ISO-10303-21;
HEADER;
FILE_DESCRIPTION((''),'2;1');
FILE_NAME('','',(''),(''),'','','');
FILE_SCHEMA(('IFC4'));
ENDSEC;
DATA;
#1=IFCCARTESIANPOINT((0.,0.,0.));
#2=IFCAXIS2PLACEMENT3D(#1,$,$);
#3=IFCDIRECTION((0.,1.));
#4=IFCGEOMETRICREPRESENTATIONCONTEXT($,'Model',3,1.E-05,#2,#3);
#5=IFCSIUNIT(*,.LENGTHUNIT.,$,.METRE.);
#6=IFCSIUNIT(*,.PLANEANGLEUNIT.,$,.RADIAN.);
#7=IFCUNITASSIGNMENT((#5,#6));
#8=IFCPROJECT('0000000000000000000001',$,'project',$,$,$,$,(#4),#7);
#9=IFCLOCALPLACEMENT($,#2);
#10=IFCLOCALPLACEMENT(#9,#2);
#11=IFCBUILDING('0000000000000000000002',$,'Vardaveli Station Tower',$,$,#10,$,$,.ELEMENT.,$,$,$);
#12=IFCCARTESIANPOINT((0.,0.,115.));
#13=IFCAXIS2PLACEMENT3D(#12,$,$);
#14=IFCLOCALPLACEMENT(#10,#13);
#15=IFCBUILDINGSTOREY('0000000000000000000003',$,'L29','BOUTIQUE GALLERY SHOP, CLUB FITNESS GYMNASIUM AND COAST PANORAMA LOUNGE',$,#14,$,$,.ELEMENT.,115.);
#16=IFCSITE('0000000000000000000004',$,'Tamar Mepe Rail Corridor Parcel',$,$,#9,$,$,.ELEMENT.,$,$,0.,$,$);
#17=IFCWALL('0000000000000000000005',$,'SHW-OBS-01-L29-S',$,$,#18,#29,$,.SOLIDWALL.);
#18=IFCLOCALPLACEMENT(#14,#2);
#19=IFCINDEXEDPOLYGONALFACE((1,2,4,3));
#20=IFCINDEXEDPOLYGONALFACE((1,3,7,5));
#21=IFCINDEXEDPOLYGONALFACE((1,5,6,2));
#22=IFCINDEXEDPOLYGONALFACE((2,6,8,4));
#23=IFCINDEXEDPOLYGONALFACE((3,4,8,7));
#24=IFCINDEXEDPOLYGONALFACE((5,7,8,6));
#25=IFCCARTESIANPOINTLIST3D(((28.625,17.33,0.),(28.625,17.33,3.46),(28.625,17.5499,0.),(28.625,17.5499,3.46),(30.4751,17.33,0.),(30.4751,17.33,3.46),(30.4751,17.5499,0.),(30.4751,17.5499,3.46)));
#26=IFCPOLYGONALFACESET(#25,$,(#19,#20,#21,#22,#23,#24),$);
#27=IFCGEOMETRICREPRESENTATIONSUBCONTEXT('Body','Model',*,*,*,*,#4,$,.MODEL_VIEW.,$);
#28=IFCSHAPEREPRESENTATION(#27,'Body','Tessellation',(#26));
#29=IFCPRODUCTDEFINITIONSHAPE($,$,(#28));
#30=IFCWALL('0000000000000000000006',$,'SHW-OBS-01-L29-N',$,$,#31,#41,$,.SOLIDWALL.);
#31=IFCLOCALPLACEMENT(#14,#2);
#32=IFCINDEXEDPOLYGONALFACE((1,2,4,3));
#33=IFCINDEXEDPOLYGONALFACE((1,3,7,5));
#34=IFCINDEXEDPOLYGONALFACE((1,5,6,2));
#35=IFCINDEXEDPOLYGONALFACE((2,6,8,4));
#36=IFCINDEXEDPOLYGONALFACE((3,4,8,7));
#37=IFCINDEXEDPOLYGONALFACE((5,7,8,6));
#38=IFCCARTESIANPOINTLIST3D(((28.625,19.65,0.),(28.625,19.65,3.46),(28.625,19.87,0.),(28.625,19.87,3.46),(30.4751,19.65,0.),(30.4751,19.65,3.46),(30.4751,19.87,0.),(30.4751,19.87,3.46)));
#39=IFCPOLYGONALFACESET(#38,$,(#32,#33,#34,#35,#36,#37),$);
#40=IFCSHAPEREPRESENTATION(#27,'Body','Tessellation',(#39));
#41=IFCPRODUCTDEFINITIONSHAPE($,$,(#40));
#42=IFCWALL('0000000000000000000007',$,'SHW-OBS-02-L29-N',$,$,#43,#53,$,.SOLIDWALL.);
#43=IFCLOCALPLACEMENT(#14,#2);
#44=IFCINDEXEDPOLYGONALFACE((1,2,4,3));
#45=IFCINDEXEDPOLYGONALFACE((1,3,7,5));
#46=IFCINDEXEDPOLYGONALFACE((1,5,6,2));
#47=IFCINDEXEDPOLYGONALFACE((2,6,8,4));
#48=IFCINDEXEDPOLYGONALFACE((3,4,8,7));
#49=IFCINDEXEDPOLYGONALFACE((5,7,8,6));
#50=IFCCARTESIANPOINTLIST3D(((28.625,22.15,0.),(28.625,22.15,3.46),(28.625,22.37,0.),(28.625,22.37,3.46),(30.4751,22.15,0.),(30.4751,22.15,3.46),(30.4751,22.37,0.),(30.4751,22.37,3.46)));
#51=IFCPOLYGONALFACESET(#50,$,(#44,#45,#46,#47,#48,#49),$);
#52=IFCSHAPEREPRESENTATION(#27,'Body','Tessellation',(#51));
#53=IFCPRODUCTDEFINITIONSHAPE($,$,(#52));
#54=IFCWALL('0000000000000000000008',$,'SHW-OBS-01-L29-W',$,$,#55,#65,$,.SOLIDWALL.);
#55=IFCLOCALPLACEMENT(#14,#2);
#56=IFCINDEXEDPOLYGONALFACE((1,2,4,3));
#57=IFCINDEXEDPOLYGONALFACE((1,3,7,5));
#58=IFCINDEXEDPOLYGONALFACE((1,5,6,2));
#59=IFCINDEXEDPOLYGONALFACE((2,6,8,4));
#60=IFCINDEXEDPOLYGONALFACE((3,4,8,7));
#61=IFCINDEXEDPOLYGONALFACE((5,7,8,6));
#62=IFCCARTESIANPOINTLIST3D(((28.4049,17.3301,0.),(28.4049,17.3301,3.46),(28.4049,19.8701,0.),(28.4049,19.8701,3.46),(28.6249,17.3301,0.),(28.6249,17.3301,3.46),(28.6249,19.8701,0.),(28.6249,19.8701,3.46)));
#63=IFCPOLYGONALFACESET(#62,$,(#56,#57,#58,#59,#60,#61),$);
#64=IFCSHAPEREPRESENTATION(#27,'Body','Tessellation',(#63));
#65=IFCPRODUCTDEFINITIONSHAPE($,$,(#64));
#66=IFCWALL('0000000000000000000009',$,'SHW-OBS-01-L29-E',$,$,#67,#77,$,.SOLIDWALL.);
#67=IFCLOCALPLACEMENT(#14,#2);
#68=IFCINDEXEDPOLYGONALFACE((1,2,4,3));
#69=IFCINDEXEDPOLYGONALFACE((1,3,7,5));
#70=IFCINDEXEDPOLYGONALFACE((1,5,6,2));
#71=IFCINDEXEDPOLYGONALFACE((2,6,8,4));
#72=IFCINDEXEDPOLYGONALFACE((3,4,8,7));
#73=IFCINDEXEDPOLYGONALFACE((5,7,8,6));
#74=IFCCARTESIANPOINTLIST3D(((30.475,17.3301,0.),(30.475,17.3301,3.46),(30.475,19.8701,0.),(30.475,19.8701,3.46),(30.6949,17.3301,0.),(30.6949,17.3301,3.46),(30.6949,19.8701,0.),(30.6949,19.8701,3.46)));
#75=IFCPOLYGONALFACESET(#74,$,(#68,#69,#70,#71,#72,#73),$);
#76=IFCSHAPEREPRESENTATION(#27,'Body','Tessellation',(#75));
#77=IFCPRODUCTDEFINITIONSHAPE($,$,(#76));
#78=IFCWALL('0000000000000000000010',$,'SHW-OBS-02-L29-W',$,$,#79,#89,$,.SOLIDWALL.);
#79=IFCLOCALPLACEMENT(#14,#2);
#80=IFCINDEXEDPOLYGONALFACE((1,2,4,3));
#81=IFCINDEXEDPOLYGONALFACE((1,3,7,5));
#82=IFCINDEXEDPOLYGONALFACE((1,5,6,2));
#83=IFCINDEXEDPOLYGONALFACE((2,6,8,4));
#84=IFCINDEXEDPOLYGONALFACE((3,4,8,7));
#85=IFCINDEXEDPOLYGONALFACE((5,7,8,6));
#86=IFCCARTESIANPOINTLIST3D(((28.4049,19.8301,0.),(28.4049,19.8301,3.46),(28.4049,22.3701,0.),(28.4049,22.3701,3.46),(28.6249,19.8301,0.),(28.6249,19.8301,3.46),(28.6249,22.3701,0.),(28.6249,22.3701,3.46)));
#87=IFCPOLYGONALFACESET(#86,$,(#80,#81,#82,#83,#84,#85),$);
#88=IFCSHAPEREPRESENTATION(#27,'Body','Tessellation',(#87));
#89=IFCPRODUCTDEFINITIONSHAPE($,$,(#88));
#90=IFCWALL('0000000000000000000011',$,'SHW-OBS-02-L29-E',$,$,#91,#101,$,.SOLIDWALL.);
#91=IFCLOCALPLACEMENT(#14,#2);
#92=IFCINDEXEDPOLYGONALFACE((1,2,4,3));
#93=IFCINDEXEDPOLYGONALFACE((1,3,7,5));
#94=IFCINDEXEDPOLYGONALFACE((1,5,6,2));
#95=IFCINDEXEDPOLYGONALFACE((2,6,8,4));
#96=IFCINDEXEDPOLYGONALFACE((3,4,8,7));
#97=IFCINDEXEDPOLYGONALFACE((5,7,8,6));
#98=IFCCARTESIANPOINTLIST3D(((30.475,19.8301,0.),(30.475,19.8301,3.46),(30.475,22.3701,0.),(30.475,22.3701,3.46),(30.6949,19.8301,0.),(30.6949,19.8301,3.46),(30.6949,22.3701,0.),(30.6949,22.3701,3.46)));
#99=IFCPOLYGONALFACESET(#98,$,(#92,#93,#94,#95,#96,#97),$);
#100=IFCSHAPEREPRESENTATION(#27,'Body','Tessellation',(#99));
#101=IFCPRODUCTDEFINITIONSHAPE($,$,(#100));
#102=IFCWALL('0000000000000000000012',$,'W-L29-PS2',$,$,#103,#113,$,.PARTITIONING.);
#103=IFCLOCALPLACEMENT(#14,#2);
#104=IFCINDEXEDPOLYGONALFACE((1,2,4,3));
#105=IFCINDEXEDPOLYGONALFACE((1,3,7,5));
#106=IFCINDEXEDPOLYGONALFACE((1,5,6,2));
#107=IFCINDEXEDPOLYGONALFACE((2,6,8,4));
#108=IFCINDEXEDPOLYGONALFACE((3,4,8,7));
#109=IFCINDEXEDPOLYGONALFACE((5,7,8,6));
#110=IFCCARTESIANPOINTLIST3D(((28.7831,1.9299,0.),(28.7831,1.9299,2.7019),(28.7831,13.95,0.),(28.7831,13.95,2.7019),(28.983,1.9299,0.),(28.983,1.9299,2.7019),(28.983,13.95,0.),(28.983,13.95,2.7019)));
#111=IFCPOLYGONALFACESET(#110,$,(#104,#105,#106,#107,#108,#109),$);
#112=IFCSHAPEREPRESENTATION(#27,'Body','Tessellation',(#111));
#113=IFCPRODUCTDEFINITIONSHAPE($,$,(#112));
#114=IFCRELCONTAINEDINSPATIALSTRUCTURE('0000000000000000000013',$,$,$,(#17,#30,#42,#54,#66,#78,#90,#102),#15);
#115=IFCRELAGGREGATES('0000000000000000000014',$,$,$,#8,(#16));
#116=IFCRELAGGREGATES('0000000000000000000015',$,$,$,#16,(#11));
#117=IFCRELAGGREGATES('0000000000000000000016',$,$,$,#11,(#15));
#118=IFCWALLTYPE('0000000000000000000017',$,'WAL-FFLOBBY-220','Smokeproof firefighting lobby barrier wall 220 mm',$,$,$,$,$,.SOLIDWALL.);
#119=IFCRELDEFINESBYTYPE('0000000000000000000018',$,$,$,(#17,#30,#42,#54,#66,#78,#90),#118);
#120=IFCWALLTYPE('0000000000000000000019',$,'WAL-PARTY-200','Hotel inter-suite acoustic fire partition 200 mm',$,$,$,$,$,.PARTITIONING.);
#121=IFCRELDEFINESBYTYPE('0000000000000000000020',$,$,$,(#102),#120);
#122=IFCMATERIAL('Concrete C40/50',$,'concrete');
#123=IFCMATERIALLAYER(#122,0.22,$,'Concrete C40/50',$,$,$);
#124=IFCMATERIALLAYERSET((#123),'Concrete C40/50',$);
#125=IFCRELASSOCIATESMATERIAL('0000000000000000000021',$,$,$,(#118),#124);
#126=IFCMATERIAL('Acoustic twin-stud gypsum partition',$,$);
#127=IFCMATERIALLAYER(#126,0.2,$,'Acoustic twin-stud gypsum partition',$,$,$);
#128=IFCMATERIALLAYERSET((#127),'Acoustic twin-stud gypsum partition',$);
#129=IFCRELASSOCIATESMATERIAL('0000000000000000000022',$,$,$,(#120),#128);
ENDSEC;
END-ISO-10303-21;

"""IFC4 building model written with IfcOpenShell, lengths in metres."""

from ifc_helpers import new_model, si_unit, direction, frame, frame_2d, origin, place, context, subcontext, project, spatial, rectangle, extrude, source, transform, mapped, material, layer, layer_set, type_object, element, save


model = new_model("IFC4")

# Units and contexts
model_context = context("Model", 3, precision=1e-05, world=origin(), true_north=direction((0.0, 1.0)))
body_context = subcontext(model_context, "Body", "Model", "MODEL_VIEW")
ifc_project = project(units=[si_unit("LENGTHUNIT", "METRE"), si_unit("PLANEANGLEUNIT", "RADIAN")], contexts=[model_context])

# Site, building, storey
site_placement = place(None, origin())
site = spatial("IfcSite", under=ifc_project, at=site_placement, Name="Tamar Mepe Rail Corridor Parcel", CompositionType="ELEMENT", RefElevation=0.0)
building_placement = place(site_placement, origin())
building = spatial("IfcBuilding", under=site, at=building_placement, Name="Vardaveli Station Tower", CompositionType="ELEMENT")
storey_placement = place(building_placement, frame((0.0, 0.0, 115.0)))
storey = spatial("IfcBuildingStorey", under=building, at=storey_placement, Name="L29", Description="BOUTIQUE GALLERY SHOP, CLUB FITNESS GYMNASIUM AND COAST PANORAMA LOUNGE", CompositionType="ELEMENT", Elevation=115.0)

# Walls
ifc_material_1 = material(Name="Concrete C40/50", Category="concrete")
ifc_layer_1 = layer(ifc_material_1, 0.22, Name="Concrete C40/50")
ifc_layer_set_1 = layer_set([ifc_layer_1], Name="Concrete C40/50")
wall_type_1 = type_object("IfcWallType", Name="WAL-FFLOBBY-220", Description="Smokeproof firefighting lobby barrier wall 220 mm", PredefinedType="SOLIDWALL", material=ifc_layer_set_1)
shared_shape_1 = source(origin(), body_context, "Body", "SweptSolid", [
    extrude(rectangle(XDim=1.8501, YDim=0.22, at=frame_2d((0.925, 0.0))), origin(), (0.0, 0.0, 1.0), 3.46),
])
for number, where, z_axis, x_axis, name in (
    (1, (28.625, 17.4399, 0.0), (0.0, 0.0, 1.0), (1.0, 0.0, 0.0), "SHW-OBS-01-L29-S"),
    (2, (28.625, 19.76, 0.0), (0.0, 0.0, 1.0), (1.0, 0.0, 0.0), "SHW-OBS-01-L29-N"),
    (3, (28.625, 22.26, 0.0), (0.0, 0.0, 1.0), (1.0, 0.0, 0.0), "SHW-OBS-02-L29-N"),
):
    element("IfcWall", number, at=place(storey_placement, frame(where, z_axis=z_axis, x_axis=x_axis)), inside=storey, type_object=wall_type_1, Name=name, PredefinedType="SOLIDWALL", context=body_context, shape_type="MappedRepresentation", body=[
        mapped(shared_shape_1, transform((0.0, 0.0, 0.0), scale=1.0)),
    ])
shared_shape_2 = source(origin(), body_context, "Body", "SweptSolid", [
    extrude(rectangle(XDim=2.54, YDim=0.22, at=frame_2d((1.27, 0.0))), origin(), (0.0, 0.0, 1.0), 3.46),
])
for number, where, z_axis, x_axis, name in (
    (4, (28.5149, 17.3301, 0.0), (0.0, 0.0, 1.0), (0.0, 1.0, 0.0), "SHW-OBS-01-L29-W"),
    (5, (30.585, 17.3301, 0.0), (0.0, 0.0, 1.0), (0.0, 1.0, 0.0), "SHW-OBS-01-L29-E"),
    (6, (28.5149, 19.8301, 0.0), (0.0, 0.0, 1.0), (0.0, 1.0, 0.0), "SHW-OBS-02-L29-W"),
    (7, (30.585, 19.8301, 0.0), (0.0, 0.0, 1.0), (0.0, 1.0, 0.0), "SHW-OBS-02-L29-E"),
):
    element("IfcWall", number, at=place(storey_placement, frame(where, z_axis=z_axis, x_axis=x_axis)), inside=storey, type_object=wall_type_1, Name=name, PredefinedType="SOLIDWALL", context=body_context, shape_type="MappedRepresentation", body=[
        mapped(shared_shape_2, transform((0.0, 0.0, 0.0), scale=1.0)),
    ])
ifc_material_2 = material(Name="Acoustic twin-stud gypsum partition")
ifc_layer_2 = layer(ifc_material_2, 0.2, Name="Acoustic twin-stud gypsum partition")
ifc_layer_set_2 = layer_set([ifc_layer_2], Name="Acoustic twin-stud gypsum partition")
wall_type_2 = type_object("IfcWallType", Name="WAL-PARTY-200", Description="Hotel inter-suite acoustic fire partition 200 mm", PredefinedType="PARTITIONING", material=ifc_layer_set_2)
shared_shape_3 = source(origin(), body_context, "Body", "SweptSolid", [
    extrude(rectangle(XDim=12.02, YDim=0.2, at=frame_2d((6.01, 0.0))), origin(), (0.0, 0.0, 1.0), 2.7019),
])
wall_placement = place(storey_placement, frame((28.8831, 1.9299, 0.0), z_axis=(0.0, 0.0, 1.0), x_axis=(0.0, 1.0, 0.0)))
element("IfcWall", 8, at=wall_placement, inside=storey, type_object=wall_type_2, Name="W-L29-PS2", PredefinedType="PARTITIONING", context=body_context, shape_type="MappedRepresentation", body=[
    mapped(shared_shape_3, transform((0.0, 0.0, 0.0), scale=1.0)),
])

save(model, "model.ifc")
